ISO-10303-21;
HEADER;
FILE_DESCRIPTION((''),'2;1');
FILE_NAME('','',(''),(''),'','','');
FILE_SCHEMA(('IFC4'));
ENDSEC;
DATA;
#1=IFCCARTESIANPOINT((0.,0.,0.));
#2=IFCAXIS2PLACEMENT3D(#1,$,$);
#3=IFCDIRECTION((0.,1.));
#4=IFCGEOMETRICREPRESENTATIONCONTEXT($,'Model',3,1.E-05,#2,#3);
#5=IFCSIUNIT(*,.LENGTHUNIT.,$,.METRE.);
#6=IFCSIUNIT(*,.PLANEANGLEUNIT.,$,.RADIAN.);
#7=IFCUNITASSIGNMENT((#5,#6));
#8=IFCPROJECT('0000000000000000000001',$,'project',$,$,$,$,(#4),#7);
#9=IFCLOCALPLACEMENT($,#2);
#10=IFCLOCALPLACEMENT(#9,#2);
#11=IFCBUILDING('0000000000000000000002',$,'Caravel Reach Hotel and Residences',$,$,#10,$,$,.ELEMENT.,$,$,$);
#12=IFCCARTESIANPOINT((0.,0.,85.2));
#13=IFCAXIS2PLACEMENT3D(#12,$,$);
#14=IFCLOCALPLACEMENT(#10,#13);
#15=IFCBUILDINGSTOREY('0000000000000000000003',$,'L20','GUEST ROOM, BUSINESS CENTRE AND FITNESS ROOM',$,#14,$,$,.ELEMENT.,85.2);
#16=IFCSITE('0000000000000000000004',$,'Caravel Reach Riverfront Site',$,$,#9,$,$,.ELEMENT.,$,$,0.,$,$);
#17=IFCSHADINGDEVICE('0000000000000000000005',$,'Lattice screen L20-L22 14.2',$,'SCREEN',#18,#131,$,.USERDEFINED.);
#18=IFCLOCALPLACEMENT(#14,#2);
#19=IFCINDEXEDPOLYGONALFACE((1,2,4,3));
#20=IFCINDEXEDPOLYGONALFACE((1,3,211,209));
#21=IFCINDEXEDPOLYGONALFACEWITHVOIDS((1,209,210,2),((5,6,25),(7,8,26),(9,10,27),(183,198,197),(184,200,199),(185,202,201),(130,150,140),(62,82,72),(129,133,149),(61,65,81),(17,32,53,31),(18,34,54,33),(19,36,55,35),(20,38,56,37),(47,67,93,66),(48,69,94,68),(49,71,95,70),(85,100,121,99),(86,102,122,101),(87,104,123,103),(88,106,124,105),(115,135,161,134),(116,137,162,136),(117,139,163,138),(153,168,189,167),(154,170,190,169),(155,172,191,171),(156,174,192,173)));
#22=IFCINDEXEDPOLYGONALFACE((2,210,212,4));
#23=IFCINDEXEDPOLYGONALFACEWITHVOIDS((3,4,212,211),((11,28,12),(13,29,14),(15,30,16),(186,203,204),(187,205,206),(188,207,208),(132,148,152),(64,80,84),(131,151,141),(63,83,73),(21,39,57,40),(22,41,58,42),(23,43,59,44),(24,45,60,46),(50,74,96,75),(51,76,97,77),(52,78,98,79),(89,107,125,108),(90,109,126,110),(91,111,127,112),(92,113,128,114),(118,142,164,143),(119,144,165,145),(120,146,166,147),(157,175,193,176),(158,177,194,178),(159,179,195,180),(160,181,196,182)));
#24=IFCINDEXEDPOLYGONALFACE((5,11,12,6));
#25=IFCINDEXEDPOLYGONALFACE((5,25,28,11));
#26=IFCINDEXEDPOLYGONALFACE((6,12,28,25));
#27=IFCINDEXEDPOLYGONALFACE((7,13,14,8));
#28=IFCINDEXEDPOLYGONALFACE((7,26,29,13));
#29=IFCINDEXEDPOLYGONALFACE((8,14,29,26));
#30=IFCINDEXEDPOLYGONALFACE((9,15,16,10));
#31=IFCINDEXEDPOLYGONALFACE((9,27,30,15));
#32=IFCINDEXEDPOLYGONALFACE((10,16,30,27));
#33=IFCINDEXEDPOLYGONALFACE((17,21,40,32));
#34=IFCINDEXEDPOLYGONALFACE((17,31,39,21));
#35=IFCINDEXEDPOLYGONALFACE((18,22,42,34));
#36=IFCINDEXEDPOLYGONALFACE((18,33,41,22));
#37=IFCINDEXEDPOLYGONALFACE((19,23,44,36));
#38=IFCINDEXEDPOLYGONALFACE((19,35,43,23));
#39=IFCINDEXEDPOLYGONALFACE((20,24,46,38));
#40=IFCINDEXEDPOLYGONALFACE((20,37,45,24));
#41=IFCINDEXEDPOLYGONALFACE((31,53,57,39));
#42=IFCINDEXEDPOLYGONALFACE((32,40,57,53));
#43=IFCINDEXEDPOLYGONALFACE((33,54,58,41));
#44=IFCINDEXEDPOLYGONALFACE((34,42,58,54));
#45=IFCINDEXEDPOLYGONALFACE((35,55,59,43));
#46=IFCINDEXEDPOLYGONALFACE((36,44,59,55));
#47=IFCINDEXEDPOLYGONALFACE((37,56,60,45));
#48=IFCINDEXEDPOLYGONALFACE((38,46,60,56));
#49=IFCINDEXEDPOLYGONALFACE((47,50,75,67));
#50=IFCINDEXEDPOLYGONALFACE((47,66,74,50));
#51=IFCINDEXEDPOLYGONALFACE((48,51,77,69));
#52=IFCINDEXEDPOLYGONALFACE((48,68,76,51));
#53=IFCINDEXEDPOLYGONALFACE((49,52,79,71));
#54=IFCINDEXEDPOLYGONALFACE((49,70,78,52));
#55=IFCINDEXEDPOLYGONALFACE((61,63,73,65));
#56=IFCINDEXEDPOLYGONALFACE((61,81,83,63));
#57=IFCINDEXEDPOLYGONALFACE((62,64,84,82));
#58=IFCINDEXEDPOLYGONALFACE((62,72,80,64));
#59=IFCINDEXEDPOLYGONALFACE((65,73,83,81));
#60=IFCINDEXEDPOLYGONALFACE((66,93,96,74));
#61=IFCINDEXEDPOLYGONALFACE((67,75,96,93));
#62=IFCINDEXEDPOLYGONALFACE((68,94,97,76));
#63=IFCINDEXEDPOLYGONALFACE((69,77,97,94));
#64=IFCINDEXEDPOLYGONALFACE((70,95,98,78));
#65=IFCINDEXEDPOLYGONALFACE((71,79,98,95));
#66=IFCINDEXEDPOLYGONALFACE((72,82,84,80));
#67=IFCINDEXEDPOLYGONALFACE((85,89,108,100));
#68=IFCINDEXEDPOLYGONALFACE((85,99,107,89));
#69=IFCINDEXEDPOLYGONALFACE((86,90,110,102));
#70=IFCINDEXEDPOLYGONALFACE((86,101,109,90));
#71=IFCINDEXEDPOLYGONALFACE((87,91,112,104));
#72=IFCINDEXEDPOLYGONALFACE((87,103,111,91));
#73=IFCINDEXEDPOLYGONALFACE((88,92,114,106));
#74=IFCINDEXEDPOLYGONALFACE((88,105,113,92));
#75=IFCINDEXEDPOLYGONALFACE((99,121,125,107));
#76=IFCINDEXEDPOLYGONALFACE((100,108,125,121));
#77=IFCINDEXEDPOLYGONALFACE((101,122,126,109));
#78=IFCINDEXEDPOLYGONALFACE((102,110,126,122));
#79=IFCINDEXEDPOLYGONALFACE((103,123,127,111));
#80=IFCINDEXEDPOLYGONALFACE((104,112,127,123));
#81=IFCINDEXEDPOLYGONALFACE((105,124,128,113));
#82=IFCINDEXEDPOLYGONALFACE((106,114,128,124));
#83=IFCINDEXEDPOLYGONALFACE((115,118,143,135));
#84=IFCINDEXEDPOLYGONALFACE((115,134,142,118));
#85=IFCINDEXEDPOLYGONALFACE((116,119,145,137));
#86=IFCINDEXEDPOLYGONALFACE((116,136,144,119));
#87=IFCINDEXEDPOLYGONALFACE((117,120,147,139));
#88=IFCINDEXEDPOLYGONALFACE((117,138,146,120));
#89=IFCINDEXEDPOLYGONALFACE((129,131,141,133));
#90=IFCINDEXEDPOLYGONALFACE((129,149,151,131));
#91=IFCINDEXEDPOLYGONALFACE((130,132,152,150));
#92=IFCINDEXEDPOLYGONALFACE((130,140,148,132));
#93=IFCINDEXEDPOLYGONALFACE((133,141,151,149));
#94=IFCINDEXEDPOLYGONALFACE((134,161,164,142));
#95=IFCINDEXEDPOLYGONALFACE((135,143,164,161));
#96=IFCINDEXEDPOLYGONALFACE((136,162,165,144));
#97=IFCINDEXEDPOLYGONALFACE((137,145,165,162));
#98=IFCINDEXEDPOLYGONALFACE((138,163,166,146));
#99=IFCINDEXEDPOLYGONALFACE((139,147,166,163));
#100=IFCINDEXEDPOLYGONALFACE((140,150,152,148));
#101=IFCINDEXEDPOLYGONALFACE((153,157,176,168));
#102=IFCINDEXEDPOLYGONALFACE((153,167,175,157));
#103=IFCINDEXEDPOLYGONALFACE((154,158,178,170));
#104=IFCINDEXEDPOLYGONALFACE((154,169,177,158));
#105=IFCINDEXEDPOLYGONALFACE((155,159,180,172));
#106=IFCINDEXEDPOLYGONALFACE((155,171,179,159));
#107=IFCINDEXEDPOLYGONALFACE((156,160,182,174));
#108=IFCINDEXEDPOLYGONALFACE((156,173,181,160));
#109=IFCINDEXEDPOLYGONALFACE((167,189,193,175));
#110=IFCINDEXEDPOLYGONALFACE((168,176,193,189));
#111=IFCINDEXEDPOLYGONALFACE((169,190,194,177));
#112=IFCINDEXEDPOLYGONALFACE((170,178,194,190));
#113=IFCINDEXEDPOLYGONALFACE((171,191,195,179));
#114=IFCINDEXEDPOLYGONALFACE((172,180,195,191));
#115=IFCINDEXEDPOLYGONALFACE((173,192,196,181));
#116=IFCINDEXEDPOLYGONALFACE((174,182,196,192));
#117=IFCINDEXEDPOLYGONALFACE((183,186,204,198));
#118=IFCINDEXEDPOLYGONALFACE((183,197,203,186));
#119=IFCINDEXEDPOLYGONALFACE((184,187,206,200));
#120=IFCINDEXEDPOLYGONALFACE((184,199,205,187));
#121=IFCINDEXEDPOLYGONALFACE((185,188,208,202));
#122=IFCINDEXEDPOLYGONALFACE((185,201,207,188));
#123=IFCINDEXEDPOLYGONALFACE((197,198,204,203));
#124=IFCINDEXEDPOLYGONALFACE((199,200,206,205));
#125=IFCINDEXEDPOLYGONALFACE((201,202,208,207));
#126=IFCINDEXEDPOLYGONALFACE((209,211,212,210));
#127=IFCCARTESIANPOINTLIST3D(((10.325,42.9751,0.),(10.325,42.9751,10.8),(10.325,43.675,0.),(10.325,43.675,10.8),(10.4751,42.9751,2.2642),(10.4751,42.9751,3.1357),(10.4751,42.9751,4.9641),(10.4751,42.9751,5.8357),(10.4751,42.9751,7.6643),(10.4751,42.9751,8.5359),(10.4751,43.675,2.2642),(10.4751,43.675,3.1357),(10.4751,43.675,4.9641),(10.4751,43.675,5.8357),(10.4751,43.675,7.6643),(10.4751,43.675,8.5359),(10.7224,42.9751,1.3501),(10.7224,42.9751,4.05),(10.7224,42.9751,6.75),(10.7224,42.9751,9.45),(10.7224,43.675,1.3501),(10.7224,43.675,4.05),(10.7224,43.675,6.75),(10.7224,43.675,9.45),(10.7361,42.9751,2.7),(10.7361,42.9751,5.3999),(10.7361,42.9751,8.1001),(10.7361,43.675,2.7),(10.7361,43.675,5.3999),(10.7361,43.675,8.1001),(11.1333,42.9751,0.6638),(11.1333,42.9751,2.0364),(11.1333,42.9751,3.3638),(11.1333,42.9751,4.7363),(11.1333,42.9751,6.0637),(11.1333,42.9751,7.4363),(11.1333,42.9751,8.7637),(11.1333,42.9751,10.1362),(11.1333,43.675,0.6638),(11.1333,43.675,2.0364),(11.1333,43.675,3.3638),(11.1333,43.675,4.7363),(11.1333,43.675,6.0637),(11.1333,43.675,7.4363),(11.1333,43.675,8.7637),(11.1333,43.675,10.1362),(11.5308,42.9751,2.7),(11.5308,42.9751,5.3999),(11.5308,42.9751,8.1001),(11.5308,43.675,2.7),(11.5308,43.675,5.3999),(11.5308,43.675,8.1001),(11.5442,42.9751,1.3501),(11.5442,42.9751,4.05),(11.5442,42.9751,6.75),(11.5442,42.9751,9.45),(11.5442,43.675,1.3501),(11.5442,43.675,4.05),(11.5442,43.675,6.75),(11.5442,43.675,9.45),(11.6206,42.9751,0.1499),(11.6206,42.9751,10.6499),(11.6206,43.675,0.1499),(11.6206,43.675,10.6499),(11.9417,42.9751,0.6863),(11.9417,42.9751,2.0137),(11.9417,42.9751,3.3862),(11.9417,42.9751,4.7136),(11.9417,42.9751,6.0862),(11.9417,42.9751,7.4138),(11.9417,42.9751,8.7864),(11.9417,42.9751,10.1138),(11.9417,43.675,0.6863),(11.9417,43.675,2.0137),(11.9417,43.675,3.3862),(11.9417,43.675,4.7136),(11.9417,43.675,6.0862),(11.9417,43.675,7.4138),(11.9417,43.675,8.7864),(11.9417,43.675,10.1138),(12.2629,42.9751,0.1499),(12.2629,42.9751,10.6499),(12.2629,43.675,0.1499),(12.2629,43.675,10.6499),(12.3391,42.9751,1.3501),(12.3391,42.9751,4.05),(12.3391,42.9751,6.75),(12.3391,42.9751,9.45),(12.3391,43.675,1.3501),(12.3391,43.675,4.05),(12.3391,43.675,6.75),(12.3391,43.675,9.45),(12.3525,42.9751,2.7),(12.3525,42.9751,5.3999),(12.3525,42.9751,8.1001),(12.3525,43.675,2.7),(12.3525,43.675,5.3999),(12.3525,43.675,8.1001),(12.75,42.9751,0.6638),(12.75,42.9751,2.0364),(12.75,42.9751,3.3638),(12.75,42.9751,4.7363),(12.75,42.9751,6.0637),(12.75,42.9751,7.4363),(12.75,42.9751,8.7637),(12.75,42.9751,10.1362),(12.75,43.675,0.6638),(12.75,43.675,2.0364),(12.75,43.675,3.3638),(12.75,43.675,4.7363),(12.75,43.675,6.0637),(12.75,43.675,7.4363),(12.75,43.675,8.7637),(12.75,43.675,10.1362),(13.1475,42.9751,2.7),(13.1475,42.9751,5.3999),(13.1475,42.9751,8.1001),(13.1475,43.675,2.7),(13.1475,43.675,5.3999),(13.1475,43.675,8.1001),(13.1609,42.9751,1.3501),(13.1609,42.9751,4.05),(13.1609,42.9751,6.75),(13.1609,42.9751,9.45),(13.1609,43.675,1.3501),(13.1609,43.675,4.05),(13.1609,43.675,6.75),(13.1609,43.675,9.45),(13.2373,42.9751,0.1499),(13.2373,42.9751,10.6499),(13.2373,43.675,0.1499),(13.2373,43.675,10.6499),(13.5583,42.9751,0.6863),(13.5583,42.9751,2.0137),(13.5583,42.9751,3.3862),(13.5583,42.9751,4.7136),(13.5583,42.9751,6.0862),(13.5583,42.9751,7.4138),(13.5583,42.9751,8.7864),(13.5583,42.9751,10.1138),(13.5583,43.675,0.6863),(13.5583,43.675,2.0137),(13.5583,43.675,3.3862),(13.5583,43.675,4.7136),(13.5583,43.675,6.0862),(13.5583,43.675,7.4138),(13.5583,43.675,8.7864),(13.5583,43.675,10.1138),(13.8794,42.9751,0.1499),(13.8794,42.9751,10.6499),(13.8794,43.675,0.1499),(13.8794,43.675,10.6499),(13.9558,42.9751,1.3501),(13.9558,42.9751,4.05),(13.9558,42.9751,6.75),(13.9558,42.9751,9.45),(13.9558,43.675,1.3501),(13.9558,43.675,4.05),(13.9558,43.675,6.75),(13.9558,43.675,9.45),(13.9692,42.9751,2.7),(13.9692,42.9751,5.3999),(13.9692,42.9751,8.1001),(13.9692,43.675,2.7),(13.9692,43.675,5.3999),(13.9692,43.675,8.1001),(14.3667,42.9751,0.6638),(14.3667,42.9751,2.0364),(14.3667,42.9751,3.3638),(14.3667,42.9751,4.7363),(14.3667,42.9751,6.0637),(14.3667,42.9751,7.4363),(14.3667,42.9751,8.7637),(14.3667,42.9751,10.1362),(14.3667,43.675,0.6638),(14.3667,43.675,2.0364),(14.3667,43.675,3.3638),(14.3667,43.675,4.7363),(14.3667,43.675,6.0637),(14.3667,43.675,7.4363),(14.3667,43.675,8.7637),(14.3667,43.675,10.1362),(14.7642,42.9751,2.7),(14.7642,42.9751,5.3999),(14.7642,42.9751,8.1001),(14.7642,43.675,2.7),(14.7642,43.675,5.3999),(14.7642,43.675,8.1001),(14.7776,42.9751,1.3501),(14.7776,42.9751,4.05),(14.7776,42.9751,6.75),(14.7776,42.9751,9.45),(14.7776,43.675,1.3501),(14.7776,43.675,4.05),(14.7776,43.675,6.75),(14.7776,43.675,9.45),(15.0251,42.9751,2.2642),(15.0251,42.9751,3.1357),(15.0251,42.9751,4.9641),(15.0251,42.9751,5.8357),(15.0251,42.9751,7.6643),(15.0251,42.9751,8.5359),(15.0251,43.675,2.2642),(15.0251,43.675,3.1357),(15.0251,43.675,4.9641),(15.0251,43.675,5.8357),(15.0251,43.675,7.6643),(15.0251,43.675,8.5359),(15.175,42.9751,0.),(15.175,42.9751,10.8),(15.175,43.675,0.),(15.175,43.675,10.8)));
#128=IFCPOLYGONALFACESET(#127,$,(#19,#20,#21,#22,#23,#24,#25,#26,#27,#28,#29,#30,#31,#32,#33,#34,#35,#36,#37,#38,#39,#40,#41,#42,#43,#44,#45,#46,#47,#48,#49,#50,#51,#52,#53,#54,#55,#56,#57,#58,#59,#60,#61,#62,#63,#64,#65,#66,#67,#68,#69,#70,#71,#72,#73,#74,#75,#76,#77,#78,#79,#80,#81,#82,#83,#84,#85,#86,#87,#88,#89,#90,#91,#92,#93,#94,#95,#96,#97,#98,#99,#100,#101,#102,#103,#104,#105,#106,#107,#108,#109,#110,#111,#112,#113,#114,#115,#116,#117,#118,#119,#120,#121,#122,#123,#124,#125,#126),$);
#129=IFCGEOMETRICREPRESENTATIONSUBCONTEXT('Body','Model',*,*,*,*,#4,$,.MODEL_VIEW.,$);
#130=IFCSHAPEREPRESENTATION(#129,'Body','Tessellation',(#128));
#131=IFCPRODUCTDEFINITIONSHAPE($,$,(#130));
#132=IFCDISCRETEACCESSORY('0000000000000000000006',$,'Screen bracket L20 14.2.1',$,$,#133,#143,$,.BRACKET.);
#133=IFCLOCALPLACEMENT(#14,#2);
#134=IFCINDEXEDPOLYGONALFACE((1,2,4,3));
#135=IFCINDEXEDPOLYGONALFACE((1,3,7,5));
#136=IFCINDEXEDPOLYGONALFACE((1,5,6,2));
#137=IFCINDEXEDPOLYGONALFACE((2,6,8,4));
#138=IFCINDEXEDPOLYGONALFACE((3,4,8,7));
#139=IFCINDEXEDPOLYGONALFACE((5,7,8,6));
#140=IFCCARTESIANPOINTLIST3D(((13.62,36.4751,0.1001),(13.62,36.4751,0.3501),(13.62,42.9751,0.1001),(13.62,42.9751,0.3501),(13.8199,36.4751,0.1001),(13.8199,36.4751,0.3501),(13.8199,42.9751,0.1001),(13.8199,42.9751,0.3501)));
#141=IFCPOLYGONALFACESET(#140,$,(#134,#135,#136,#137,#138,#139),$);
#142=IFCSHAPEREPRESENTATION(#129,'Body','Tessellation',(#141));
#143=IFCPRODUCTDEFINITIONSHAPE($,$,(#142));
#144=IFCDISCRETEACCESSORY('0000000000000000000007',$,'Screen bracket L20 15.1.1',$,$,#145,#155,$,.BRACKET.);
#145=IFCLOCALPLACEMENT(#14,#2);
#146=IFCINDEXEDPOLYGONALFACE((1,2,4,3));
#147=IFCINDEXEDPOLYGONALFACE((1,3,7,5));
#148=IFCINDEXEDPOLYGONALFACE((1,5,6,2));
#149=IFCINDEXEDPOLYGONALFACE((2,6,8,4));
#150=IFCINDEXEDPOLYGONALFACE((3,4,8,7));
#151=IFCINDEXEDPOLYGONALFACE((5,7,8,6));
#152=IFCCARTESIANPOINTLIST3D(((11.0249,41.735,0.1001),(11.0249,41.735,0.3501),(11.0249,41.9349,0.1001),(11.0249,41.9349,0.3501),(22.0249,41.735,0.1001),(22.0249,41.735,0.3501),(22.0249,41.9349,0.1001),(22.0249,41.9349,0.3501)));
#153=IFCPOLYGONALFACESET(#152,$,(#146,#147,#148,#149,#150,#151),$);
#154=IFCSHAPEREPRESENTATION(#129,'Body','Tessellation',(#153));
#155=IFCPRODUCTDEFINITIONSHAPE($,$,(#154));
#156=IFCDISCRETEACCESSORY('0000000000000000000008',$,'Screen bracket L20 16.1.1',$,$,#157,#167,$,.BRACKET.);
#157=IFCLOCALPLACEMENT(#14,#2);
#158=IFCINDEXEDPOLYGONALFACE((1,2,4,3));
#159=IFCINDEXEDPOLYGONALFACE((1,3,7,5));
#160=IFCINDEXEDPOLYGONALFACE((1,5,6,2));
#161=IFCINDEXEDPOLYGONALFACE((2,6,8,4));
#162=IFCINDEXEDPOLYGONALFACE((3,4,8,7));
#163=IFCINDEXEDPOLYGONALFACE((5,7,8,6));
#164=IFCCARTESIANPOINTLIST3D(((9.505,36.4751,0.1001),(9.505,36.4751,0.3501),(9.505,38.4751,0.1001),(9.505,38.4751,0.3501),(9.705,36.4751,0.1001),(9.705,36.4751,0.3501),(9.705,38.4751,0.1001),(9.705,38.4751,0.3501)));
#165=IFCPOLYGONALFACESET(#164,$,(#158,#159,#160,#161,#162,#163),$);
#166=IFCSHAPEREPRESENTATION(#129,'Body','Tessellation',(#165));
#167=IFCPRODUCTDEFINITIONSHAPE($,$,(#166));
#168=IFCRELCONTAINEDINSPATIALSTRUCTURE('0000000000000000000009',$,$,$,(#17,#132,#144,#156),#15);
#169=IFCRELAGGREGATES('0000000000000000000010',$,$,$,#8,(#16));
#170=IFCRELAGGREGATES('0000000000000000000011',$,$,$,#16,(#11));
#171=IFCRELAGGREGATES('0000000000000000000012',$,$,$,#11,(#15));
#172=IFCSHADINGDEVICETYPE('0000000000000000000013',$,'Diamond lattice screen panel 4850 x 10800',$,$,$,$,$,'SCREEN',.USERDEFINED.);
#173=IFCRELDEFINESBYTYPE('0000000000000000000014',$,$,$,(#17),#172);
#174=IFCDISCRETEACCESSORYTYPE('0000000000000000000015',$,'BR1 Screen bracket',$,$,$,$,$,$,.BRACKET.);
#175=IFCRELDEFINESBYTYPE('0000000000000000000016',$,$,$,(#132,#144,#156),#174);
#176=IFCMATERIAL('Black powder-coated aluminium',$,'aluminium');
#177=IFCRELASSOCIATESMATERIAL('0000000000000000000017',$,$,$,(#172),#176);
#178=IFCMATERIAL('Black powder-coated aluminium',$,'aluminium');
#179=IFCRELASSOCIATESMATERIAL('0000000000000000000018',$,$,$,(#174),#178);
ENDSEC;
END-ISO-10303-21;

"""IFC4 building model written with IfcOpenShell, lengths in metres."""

from ifc_helpers import new_model, si_unit, direction, frame, origin, origin_2d, place, context, subcontext, project, spatial, polyline, rectangle, outline, extrude, material, type_object, element, save


model = new_model("IFC4")

# Units and contexts
model_context = context("Model", 3, precision=1e-05, world=origin(), true_north=direction((0.0, 1.0)))
body_context = subcontext(model_context, "Body", "Model", "MODEL_VIEW")
ifc_project = project(units=[si_unit("LENGTHUNIT", "METRE"), si_unit("PLANEANGLEUNIT", "RADIAN")], contexts=[model_context])

# Site, building, storey
site_placement = place(None, origin())
site = spatial("IfcSite", under=ifc_project, at=site_placement, Name="Caravel Reach Riverfront Site", CompositionType="ELEMENT", RefElevation=0.0)
building_placement = place(site_placement, origin())
building = spatial("IfcBuilding", under=site, at=building_placement, Name="Caravel Reach Hotel and Residences", CompositionType="ELEMENT")
storey_placement = place(building_placement, frame((0.0, 0.0, 85.2)))
storey = spatial("IfcBuildingStorey", under=building, at=storey_placement, Name="L20", Description="GUEST ROOM, BUSINESS CENTRE AND FITNESS ROOM", CompositionType="ELEMENT", Elevation=85.2)

# Shading device
ifc_material_1 = material(Name="Black powder-coated aluminium", Category="aluminium")
shading_device_type_1 = type_object("IfcShadingDeviceType", Name="Diamond lattice screen panel 4850 x 10800", ElementType="SCREEN", PredefinedType="USERDEFINED", material=ifc_material_1)
shading_device_1_placement = place(storey_placement, frame((15.175, 42.9751, 0.0), z_axis=(0.0, 1.0, 0.0), x_axis=(-1.0, 0.0, 0.0)))
element("IfcShadingDevice", 1, at=shading_device_1_placement, inside=storey, type_object=shading_device_type_1, Name="Lattice screen L20-L22 14.2", ObjectType="SCREEN", PredefinedType="USERDEFINED", context=body_context, shape_type="SweptSolid", body=[
    extrude(outline(polyline([(0.0, 0.0), (4.8501, 0.0), (4.8501, 10.8), (0.0, 10.8), (0.0, 0.0)]), holes=[polyline([(0.4109, 2.7), (0.1499, 3.1357), (0.1499, 2.2642), (0.4109, 2.7)]), polyline([(0.4109, 5.3999), (0.1499, 5.8357), (0.1499, 4.9641), (0.4109, 5.3999)]), polyline([(0.4109, 8.1001), (0.1499, 8.5359), (0.1499, 7.6643), (0.4109, 8.1001)]), polyline([(0.8083, 2.0364), (0.3975, 1.3501), (0.8083, 0.6638), (1.2192, 1.3501), (0.8083, 2.0364)]), polyline([(0.8083, 4.7363), (0.3975, 4.05), (0.8083, 3.3638), (1.2192, 4.05), (0.8083, 4.7363)]), polyline([(0.8083, 7.4363), (0.3975, 6.75), (0.8083, 6.0637), (1.2192, 6.75), (0.8083, 7.4363)]), polyline([(0.8083, 10.1362), (0.3975, 9.45), (0.8083, 8.7637), (1.2192, 9.45), (0.8083, 10.1362)]), polyline([(1.6167, 0.6863), (1.2957, 0.1499), (1.9377, 0.1499), (1.6167, 0.6863)]), polyline([(1.6167, 3.3862), (1.2058, 2.7), (1.6167, 2.0137), (2.0276, 2.7), (1.6167, 3.3862)]), polyline([(1.6167, 6.0862), (1.2058, 5.3999), (1.6167, 4.7136), (2.0276, 5.3999), (1.6167, 6.0862)]), polyline([(1.6167, 8.7864), (1.2058, 8.1001), (1.6167, 7.4138), (2.0276, 8.1001), (1.6167, 8.7864)]), polyline([(1.6167, 10.1138), (1.9377, 10.6499), (1.2957, 10.6499), (1.6167, 10.1138)]), polyline([(2.425, 2.0364), (2.0142, 1.3501), (2.425, 0.6638), (2.8359, 1.3501), (2.425, 2.0364)]), polyline([(2.425, 4.7363), (2.0142, 4.05), (2.425, 3.3638), (2.8359, 4.05), (2.425, 4.7363)]), polyline([(2.425, 7.4363), (2.0142, 6.75), (2.425, 6.0637), (2.8359, 6.75), (2.425, 7.4363)]), polyline([(2.425, 10.1362), (2.0142, 9.45), (2.425, 8.7637), (2.8359, 9.45), (2.425, 10.1362)]), polyline([(3.2334, 0.6863), (2.9121, 0.1499), (3.5544, 0.1499), (3.2334, 0.6863)]), polyline([(3.2334, 3.3862), (2.8225, 2.7), (3.2334, 2.0137), (3.6443, 2.7), (3.2334, 3.3862)]), polyline([(3.2334, 6.0862), (2.8225, 5.3999), (3.2334, 4.7136), (3.6443, 5.3999), (3.2334, 6.0862)]), polyline([(3.2334, 8.7864), (2.8225, 8.1001), (3.2334, 7.4138), (3.6443, 8.1001), (3.2334, 8.7864)]), polyline([(3.2334, 10.1138), (3.5544, 10.6499), (2.9121, 10.6499), (3.2334, 10.1138)]), polyline([(4.0417, 2.0364), (3.6309, 1.3501), (4.0417, 0.6638), (4.4526, 1.3501), (4.0417, 2.0364)]), polyline([(4.0417, 4.7363), (3.6309, 4.05), (4.0417, 3.3638), (4.4526, 4.05), (4.0417, 4.7363)]), polyline([(4.0417, 7.4363), (3.6309, 6.75), (4.0417, 6.0637), (4.4526, 6.75), (4.0417, 7.4363)]), polyline([(4.0417, 10.1362), (3.6309, 9.45), (4.0417, 8.7637), (4.4526, 9.45), (4.0417, 10.1362)]), polyline([(4.439, 2.7), (4.7, 2.2642), (4.7, 3.1357), (4.439, 2.7)]), polyline([(4.439, 5.3999), (4.7, 4.9641), (4.7, 5.8357), (4.439, 5.3999)]), polyline([(4.439, 8.1001), (4.7, 7.6643), (4.7, 8.5359), (4.439, 8.1001)])]), origin(), (0.0, 0.0, 1.0), 0.7),
])

# Discrete accessories
ifc_material_2 = material(Name="Black powder-coated aluminium", Category="aluminium")
discrete_accessory_type = type_object("IfcDiscreteAccessoryType", Name="BR1 Screen bracket", PredefinedType="BRACKET", material=ifc_material_2)
discrete_accessory_1_placement = place(storey_placement, frame((13.72, 39.7251, 0.1001), z_axis=(0.0, 0.0, 1.0), x_axis=(0.0, 1.0, 0.0)))
element("IfcDiscreteAccessory", 2, at=discrete_accessory_1_placement, inside=storey, type_object=discrete_accessory_type, Name="Screen bracket L20 14.2.1", PredefinedType="BRACKET", context=body_context, shape_type="SweptSolid", body=[
    extrude(rectangle(XDim=6.5, YDim=0.2, at=origin_2d()), origin(), (0.0, 0.0, 1.0), 0.25),
])
discrete_accessory_2_placement = place(storey_placement, frame((16.5249, 41.835, 0.1001), z_axis=(0.0, 0.0, 1.0), x_axis=(-1.0, 0.0, 0.0)))
element("IfcDiscreteAccessory", 3, at=discrete_accessory_2_placement, inside=storey, type_object=discrete_accessory_type, Name="Screen bracket L20 15.1.1", PredefinedType="BRACKET", context=body_context, shape_type="SweptSolid", body=[
    extrude(rectangle(XDim=11.0, YDim=0.2, at=origin_2d()), origin(), (0.0, 0.0, 1.0), 0.25),
])
discrete_accessory_3_placement = place(storey_placement, frame((9.605, 37.4751, 0.1001), z_axis=(0.0, 0.0, 1.0), x_axis=(0.0, 1.0, 0.0)))
element("IfcDiscreteAccessory", 4, at=discrete_accessory_3_placement, inside=storey, type_object=discrete_accessory_type, Name="Screen bracket L20 16.1.1", PredefinedType="BRACKET", context=body_context, shape_type="SweptSolid", body=[
    extrude(rectangle(XDim=2.0, YDim=0.2, at=origin_2d()), origin(), (0.0, 0.0, 1.0), 0.25),
])

save(model, "model.ifc")
